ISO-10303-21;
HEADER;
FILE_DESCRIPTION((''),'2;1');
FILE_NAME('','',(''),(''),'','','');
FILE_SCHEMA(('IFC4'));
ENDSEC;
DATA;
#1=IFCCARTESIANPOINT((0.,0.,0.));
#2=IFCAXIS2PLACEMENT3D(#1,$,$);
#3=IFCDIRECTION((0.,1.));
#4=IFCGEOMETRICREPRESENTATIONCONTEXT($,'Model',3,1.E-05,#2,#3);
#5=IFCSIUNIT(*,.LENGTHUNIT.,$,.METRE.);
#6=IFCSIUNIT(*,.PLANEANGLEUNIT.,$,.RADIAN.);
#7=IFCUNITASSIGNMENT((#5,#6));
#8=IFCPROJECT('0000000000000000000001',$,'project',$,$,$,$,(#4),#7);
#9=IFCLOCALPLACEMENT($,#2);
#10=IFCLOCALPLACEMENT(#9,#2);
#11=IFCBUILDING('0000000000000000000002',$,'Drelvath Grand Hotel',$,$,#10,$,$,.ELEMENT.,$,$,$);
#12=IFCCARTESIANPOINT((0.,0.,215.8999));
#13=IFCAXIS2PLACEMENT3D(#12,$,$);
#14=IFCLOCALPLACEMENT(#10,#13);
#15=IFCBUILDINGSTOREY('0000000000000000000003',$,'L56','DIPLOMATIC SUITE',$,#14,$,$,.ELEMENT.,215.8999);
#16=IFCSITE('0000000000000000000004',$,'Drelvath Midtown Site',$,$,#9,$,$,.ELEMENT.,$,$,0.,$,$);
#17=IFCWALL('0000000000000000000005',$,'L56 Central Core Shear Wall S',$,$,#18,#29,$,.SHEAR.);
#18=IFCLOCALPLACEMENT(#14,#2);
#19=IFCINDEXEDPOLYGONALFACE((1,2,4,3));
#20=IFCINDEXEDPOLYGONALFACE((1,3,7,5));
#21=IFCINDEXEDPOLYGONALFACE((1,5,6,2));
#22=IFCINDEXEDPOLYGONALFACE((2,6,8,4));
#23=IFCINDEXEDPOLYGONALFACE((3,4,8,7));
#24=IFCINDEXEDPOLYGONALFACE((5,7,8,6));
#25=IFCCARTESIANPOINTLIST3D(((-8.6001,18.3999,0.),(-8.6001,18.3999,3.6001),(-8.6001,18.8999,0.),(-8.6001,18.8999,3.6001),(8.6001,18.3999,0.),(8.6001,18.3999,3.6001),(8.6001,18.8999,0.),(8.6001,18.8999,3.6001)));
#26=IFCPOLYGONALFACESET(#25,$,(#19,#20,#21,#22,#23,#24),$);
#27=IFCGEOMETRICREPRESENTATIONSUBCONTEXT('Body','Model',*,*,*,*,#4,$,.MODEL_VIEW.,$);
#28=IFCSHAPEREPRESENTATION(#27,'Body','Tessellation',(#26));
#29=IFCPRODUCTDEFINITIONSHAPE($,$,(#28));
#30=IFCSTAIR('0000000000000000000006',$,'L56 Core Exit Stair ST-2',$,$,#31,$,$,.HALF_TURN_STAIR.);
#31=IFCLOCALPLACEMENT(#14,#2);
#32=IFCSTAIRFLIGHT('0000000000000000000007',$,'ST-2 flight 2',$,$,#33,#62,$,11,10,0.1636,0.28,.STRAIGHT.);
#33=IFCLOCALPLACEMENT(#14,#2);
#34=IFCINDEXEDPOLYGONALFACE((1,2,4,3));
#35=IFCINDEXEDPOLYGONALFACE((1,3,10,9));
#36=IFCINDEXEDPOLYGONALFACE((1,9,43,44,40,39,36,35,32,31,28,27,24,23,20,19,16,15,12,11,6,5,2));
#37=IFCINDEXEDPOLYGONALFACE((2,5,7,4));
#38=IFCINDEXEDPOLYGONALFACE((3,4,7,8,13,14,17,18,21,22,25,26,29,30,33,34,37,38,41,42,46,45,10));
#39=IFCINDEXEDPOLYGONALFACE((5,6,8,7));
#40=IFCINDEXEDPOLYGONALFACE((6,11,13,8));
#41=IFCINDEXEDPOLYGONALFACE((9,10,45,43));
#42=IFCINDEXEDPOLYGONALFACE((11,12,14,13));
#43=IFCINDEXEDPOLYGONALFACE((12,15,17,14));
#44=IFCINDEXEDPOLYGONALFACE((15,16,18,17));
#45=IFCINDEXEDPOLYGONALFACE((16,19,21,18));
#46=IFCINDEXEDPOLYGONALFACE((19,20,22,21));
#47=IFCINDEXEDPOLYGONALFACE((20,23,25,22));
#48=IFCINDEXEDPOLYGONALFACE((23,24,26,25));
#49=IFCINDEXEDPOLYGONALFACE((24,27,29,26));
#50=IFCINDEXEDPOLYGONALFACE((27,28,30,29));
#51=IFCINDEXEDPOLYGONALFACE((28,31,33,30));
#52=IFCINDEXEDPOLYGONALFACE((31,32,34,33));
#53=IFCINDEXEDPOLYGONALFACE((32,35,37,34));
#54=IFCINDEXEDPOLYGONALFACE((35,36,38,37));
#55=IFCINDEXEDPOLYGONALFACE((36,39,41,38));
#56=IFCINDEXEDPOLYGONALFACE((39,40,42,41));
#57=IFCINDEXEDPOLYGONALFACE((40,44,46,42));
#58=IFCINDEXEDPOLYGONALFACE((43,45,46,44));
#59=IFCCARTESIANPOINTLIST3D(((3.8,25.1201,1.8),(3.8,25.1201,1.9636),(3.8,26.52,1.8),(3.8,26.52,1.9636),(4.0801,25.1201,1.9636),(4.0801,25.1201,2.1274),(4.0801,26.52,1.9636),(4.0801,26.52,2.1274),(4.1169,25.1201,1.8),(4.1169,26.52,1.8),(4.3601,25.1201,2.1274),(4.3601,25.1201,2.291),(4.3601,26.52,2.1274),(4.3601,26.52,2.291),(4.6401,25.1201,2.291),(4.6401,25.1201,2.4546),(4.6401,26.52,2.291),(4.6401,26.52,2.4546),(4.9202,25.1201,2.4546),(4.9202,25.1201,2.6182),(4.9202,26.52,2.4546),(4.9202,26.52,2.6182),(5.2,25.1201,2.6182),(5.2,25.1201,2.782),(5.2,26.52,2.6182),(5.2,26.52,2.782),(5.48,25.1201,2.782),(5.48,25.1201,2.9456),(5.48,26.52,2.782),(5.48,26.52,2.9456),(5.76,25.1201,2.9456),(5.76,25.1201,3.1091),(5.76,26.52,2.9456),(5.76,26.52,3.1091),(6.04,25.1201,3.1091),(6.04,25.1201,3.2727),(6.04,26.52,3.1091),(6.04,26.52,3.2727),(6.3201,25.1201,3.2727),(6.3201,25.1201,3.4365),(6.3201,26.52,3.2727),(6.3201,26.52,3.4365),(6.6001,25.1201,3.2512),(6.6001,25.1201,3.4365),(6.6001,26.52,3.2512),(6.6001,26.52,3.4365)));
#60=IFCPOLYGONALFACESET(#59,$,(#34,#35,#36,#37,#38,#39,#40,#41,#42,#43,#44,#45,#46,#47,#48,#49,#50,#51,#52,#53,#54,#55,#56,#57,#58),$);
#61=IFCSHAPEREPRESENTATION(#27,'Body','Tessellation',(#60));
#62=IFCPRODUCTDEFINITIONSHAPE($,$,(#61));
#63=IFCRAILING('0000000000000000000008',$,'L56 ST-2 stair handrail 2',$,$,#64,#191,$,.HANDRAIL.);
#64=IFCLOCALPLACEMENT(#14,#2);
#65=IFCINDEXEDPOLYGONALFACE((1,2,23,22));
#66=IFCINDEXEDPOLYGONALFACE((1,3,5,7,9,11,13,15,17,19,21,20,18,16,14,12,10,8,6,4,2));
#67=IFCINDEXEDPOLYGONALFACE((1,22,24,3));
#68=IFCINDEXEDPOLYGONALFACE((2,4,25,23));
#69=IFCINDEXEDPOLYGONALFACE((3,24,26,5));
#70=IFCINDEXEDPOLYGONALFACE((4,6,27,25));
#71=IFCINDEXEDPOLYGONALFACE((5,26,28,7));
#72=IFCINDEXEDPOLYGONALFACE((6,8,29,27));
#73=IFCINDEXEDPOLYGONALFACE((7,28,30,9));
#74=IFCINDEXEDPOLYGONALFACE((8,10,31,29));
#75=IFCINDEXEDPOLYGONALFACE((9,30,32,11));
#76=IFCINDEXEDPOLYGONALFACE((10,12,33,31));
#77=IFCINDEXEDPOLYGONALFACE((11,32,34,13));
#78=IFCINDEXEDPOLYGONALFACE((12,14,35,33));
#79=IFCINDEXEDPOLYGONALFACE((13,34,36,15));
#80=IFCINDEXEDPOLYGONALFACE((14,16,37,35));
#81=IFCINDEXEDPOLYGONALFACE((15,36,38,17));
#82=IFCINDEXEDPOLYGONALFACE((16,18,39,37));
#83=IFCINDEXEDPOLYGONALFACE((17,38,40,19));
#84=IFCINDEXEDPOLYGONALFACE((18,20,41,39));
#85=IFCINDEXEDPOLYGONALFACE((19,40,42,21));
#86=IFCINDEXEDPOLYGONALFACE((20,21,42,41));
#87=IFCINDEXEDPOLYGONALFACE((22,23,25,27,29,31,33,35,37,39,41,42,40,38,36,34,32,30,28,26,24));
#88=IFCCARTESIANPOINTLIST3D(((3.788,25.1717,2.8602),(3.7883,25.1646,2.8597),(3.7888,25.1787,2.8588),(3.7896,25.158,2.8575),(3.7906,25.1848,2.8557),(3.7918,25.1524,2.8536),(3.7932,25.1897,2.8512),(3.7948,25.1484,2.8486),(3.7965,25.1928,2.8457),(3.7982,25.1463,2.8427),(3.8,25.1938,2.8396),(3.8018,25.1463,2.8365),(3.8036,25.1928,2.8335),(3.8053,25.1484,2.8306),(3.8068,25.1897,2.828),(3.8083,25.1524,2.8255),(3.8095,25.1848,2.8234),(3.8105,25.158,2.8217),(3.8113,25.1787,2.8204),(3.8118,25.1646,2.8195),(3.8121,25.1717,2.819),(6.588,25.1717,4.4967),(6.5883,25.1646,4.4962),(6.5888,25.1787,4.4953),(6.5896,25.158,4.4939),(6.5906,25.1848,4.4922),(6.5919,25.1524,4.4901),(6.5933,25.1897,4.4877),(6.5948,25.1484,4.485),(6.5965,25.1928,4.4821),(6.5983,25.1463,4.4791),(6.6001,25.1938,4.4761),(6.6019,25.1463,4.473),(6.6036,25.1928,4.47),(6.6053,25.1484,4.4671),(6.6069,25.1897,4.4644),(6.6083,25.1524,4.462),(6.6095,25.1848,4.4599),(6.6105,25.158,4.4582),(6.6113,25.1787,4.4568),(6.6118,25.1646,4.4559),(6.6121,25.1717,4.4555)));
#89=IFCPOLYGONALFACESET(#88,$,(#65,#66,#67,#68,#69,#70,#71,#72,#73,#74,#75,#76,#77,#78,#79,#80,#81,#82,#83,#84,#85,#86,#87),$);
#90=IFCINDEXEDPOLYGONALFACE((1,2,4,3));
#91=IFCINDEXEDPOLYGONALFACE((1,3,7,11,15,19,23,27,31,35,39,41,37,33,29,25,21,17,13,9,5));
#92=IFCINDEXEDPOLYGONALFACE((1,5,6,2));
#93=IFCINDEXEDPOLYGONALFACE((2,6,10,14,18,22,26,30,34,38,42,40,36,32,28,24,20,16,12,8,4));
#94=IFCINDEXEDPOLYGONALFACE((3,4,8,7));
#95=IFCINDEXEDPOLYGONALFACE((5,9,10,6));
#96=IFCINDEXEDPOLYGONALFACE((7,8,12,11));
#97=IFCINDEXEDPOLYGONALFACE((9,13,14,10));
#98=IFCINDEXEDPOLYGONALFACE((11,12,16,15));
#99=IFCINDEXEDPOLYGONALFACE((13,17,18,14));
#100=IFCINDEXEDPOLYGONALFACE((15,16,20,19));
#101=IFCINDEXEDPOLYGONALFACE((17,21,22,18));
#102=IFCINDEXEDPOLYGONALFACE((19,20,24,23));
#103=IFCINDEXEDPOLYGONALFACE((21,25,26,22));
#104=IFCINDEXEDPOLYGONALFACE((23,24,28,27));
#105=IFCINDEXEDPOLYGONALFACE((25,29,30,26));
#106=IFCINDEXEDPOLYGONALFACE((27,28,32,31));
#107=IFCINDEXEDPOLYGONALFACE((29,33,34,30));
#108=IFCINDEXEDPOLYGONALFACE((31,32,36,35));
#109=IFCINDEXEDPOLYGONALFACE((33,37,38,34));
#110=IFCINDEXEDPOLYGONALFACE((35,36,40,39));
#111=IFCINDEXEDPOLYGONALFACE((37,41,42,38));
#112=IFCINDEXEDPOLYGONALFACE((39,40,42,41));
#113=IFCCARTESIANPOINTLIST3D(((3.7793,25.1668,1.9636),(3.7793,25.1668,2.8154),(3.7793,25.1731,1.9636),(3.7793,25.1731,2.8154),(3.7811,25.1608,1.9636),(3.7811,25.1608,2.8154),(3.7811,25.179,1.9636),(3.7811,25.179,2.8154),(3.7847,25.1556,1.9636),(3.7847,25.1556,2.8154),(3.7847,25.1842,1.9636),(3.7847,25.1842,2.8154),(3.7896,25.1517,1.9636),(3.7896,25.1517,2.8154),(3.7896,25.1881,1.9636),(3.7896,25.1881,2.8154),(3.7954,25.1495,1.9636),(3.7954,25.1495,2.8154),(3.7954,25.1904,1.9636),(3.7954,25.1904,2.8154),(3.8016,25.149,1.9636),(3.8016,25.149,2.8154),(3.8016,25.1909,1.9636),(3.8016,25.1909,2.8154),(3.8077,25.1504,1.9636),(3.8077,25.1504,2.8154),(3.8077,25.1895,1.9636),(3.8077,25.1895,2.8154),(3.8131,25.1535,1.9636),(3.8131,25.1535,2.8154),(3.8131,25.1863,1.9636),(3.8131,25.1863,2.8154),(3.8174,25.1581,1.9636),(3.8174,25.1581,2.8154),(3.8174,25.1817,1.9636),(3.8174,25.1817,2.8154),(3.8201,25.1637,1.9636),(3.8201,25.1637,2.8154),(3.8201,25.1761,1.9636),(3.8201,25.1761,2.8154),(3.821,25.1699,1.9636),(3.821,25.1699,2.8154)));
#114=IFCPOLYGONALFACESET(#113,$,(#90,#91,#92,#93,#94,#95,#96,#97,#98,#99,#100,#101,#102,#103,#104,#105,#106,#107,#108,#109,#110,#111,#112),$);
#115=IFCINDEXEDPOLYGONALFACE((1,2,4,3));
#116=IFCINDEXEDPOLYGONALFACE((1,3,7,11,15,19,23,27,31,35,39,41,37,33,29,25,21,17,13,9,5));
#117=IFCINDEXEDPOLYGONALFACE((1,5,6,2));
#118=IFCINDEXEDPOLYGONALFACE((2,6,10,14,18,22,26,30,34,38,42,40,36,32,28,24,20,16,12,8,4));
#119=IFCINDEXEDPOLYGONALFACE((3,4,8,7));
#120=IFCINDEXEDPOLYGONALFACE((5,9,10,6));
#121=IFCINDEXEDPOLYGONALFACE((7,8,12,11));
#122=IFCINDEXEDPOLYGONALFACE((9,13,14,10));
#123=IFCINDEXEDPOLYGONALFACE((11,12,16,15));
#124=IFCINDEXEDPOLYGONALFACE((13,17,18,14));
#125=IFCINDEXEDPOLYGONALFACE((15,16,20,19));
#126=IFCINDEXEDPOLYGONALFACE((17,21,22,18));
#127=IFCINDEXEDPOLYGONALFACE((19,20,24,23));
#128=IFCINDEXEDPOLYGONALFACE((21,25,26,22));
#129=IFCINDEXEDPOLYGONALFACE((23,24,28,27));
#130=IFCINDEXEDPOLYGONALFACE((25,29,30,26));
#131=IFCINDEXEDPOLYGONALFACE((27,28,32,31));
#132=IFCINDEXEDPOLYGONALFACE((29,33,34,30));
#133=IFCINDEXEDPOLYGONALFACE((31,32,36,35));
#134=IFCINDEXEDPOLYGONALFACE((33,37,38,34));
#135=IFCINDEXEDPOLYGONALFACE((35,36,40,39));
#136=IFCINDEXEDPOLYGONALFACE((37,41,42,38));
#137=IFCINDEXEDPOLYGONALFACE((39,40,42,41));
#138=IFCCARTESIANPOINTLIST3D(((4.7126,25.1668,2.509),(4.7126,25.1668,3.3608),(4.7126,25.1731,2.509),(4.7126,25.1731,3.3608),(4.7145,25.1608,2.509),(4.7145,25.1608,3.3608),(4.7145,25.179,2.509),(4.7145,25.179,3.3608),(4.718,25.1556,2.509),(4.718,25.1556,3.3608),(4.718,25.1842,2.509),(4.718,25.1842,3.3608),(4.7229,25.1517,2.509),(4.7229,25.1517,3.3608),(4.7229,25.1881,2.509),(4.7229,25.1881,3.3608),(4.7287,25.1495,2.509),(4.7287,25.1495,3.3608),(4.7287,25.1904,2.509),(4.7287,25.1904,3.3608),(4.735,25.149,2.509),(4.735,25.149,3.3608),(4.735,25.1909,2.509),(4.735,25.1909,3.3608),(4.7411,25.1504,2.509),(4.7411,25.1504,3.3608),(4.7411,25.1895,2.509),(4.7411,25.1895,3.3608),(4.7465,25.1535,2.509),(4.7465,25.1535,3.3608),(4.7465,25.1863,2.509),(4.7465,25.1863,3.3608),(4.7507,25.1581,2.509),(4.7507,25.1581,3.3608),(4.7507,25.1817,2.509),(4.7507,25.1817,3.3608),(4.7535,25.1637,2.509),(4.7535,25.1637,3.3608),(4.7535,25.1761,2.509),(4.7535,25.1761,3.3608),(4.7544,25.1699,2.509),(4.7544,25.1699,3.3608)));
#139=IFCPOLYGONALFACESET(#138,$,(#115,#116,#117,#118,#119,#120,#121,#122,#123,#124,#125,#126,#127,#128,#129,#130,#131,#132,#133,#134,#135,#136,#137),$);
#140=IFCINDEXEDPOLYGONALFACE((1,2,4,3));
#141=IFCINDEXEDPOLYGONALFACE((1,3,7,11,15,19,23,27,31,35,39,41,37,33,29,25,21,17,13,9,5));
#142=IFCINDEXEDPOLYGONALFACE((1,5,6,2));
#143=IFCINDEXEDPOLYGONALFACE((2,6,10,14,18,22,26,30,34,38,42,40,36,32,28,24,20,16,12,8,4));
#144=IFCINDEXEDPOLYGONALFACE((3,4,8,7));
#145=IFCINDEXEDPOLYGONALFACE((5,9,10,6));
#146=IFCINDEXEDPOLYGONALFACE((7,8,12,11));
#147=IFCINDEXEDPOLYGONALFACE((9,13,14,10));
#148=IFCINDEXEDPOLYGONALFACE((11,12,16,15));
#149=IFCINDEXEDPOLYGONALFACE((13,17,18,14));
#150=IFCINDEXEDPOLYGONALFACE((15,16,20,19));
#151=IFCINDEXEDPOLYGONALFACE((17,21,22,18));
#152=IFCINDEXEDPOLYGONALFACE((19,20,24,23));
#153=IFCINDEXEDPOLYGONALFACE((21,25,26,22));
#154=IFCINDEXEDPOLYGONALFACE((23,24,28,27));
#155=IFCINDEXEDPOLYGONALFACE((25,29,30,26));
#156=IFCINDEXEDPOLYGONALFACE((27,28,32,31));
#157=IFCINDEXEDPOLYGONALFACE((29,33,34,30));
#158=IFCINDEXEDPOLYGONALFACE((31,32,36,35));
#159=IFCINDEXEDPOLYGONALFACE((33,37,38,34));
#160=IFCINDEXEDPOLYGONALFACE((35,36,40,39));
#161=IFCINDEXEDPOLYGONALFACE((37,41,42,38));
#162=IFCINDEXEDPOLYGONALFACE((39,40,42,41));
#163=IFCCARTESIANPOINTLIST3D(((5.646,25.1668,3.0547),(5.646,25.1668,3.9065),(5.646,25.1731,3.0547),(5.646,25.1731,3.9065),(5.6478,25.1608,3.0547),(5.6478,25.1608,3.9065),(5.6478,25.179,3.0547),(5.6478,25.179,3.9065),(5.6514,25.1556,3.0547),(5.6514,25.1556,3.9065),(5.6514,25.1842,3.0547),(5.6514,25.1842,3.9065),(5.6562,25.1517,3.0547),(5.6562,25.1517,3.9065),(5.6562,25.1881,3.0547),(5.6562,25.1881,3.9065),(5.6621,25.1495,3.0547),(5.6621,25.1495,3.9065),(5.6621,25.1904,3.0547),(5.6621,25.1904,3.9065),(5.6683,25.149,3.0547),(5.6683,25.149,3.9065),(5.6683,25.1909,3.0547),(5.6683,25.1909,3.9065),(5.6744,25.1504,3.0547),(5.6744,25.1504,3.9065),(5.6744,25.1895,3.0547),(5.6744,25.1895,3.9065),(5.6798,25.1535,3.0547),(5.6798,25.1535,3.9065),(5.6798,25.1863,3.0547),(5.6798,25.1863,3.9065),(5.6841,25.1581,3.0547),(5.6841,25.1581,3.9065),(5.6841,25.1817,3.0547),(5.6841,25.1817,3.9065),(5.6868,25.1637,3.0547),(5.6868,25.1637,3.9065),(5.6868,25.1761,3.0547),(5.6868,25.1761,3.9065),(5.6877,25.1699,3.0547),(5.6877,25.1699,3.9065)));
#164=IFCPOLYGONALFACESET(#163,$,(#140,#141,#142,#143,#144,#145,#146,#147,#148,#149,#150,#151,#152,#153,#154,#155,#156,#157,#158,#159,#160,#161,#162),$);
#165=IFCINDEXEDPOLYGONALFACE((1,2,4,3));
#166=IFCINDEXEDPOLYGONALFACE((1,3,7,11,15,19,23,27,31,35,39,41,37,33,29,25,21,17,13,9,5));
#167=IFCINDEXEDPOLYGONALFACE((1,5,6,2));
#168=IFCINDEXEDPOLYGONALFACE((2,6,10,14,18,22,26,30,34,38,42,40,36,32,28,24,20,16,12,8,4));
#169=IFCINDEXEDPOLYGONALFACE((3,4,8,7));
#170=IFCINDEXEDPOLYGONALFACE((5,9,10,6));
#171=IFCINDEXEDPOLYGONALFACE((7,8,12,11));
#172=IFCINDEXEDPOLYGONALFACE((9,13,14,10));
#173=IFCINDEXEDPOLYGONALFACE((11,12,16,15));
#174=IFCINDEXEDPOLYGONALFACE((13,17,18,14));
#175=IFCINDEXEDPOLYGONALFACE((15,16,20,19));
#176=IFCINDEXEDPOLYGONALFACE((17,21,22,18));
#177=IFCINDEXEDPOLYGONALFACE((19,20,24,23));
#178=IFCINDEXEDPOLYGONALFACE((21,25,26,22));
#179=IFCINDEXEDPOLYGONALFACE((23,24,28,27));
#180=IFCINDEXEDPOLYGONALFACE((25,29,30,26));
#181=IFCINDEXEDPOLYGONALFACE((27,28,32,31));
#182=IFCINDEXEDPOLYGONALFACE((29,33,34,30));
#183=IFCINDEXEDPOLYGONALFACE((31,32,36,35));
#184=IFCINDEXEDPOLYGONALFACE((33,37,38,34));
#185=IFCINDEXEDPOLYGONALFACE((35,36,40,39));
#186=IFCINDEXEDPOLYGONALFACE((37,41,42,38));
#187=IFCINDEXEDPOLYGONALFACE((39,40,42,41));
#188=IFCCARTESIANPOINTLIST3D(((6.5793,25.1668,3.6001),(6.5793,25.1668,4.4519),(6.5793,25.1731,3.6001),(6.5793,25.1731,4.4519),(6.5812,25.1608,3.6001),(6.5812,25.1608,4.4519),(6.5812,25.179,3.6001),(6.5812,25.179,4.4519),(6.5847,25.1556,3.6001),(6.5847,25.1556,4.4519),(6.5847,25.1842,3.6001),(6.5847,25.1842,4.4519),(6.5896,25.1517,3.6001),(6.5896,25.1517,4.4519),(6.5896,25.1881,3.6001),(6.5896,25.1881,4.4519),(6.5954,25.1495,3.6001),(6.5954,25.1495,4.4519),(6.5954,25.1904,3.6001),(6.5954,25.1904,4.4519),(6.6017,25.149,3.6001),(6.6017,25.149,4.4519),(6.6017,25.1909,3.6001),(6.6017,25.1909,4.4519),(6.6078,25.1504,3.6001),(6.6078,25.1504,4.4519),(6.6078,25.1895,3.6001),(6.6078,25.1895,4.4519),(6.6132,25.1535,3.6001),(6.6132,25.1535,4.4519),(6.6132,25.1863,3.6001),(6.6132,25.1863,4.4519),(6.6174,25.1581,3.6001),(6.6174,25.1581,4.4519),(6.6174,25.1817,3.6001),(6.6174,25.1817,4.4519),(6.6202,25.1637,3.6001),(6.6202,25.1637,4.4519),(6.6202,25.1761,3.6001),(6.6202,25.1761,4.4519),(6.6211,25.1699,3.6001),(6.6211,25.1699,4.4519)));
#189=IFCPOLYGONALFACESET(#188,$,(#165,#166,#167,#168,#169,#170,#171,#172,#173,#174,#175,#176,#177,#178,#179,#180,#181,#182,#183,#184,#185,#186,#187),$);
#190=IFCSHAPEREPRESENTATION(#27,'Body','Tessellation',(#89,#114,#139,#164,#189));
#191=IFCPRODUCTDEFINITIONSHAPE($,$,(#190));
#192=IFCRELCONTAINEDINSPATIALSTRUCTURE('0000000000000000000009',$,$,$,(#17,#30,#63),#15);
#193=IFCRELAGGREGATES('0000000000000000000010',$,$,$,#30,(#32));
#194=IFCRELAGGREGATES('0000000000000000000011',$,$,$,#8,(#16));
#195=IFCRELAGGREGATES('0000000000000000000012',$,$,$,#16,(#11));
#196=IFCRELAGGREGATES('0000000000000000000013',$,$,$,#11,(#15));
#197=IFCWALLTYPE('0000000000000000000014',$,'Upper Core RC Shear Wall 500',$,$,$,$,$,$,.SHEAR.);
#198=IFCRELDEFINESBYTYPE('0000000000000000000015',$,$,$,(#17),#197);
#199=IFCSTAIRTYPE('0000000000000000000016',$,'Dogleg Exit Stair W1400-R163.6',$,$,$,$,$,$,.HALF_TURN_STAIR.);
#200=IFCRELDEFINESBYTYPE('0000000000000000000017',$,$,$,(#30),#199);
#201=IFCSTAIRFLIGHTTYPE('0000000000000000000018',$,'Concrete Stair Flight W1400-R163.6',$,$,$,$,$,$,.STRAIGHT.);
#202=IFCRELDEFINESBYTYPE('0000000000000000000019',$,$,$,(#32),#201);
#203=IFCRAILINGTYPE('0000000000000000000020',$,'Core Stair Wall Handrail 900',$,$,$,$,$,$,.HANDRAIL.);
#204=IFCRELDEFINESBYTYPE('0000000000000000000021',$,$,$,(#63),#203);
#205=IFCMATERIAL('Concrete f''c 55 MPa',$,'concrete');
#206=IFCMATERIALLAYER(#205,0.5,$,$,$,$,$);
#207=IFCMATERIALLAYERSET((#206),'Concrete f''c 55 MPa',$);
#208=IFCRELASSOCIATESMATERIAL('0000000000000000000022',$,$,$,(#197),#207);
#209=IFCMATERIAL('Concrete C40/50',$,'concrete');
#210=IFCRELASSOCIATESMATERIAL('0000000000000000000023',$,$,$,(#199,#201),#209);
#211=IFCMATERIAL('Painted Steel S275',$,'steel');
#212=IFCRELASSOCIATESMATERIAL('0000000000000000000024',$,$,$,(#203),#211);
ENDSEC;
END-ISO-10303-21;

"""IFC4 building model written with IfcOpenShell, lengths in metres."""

from ifc_helpers import new_model, si_unit, direction, frame, frame_2d, origin, origin_2d, place, context, subcontext, project, spatial, polyline, rectangle, circle, outline, extrude, material, layer, layer_set, type_object, element, aggregate, save


model = new_model("IFC4")

# Units and contexts
model_context = context("Model", 3, precision=1e-05, world=origin(), true_north=direction((0.0, 1.0)))
body_context = subcontext(model_context, "Body", "Model", "MODEL_VIEW")
ifc_project = project(units=[si_unit("LENGTHUNIT", "METRE"), si_unit("PLANEANGLEUNIT", "RADIAN")], contexts=[model_context])

# Site, building, storey
site_placement = place(None, origin())
site = spatial("IfcSite", under=ifc_project, at=site_placement, Name="Drelvath Midtown Site", CompositionType="ELEMENT", RefElevation=0.0)
building_placement = place(site_placement, origin())
building = spatial("IfcBuilding", under=site, at=building_placement, Name="Drelvath Grand Hotel", CompositionType="ELEMENT")
storey_placement = place(building_placement, frame((0.0, 0.0, 215.8999)))
storey = spatial("IfcBuildingStorey", under=building, at=storey_placement, Name="L56", Description="DIPLOMATIC SUITE", CompositionType="ELEMENT", Elevation=215.8999)

# Shared definitions
ifc_material_1 = material(Name="Concrete f'c 55 MPa", Category="concrete")

# Shared definitions
ifc_material_2 = material(Name="Concrete C40/50", Category="concrete")

# Wall
ifc_layer_1 = layer(ifc_material_1, 0.5)
ifc_layer_set_1 = layer_set([ifc_layer_1], Name="Concrete f'c 55 MPa")
wall_type_1 = type_object("IfcWallType", Name="Upper Core RC Shear Wall 500", PredefinedType="SHEAR", material=ifc_layer_set_1)
wall_1_placement = place(storey_placement, frame((8.6001, 18.6499, 0.0), z_axis=(0.0, 0.0, 1.0), x_axis=(-1.0, 0.0, 0.0)))
element("IfcWall", 1, at=wall_1_placement, inside=storey, type_object=wall_type_1, Name="L56 Central Core Shear Wall S", PredefinedType="SHEAR", context=body_context, shape_type="SweptSolid", body=[
    extrude(rectangle(XDim=17.2002, YDim=0.5, at=frame_2d((8.6001, 0.0))), origin(), (0.0, 0.0, 1.0), 3.6001),
])

# Stair, stair flight
stair_type = type_object("IfcStairType", Name="Dogleg Exit Stair W1400-R163.6", PredefinedType="HALF_TURN_STAIR", material=ifc_material_2)
stair_placement = place(storey_placement, origin())
stair = element("IfcStair", 2, at=stair_placement, inside=storey, type_object=stair_type, Name="L56 Core Exit Stair ST-2", PredefinedType="HALF_TURN_STAIR")
stair_flight_type = type_object("IfcStairFlightType", Name="Concrete Stair Flight W1400-R163.6", PredefinedType="STRAIGHT", material=ifc_material_2)
stair_flight_placement = place(storey_placement, frame((3.8, 25.8201, 1.8), z_axis=(0.0, 0.0, 1.0), x_axis=(1.0, 0.0, 0.0)))
stair_flight = element("IfcStairFlight", 3, at=stair_flight_placement, type_object=stair_flight_type, Name="ST-2 flight 2", NumberOfRisers=11, NumberOfTreads=10, PredefinedType="STRAIGHT", RiserHeight=0.1636, TreadLength=0.28, context=body_context, shape_type="SweptSolid", body=[
    extrude(outline(polyline([(0.0, 0.0), (0.0, 0.1636), (0.28, 0.1636), (0.28, 0.3274), (0.5601, 0.3274), (0.5601, 0.491), (0.8401, 0.491), (0.8401, 0.6545), (1.1201, 0.6545), (1.1201, 0.8181), (1.3999, 0.8181), (1.3999, 0.9819), (1.6799, 0.9819), (1.6799, 1.1455), (1.96, 1.1455), (1.96, 1.3091), (2.24, 1.3091), (2.24, 1.4727), (2.52, 1.4727), (2.52, 1.6365), (2.8, 1.6365), (2.8, 1.8), (2.8, 1.4512), (0.3169, 0.0), (0.0, 0.0)])), frame((0.0, 0.7, 0.0), z_axis=(0.0, -1.0, 0.0), x_axis=(1.0, 0.0, 0.0)), (0.0, 0.0, 1.0), 1.3999),
])
aggregate(stair, [stair_flight])

# Railing
ifc_material_3 = material(Name="Painted Steel S275", Category="steel")
railing_type_1 = type_object("IfcRailingType", Name="Core Stair Wall Handrail 900", PredefinedType="HANDRAIL", material=ifc_material_3)
railing_1_placement = place(storey_placement, frame((3.8, 25.1699, 1.9636)))
element("IfcRailing", 4, at=railing_1_placement, inside=storey, type_object=railing_type_1, Name="L56 ST-2 stair handrail 2", PredefinedType="HANDRAIL", context=body_context, shape_type="SweptSolid", body=[
    extrude(circle(Radius=0.0239, at=origin_2d()), frame((0.0, 0.0, 0.876), z_axis=(0.863361, 0.0, 0.504587), x_axis=(0.0, 1.0, 0.0)), (0.0, 0.0, 1.0), 3.2432),
    extrude(circle(Radius=0.021, at=origin_2d()), origin(), (0.0, 0.0, 1.0), 0.8518),
    extrude(circle(Radius=0.021, at=origin_2d()), frame((0.9333, 0.0, 0.5454)), (0.0, 0.0, 1.0), 0.8518),
    extrude(circle(Radius=0.021, at=origin_2d()), frame((1.8667, 0.0, 1.0911)), (0.0, 0.0, 1.0), 0.8518),
    extrude(circle(Radius=0.021, at=origin_2d()), frame((2.8, 0.0, 1.6365)), (0.0, 0.0, 1.0), 0.8518),
])

save(model, "model.ifc")
